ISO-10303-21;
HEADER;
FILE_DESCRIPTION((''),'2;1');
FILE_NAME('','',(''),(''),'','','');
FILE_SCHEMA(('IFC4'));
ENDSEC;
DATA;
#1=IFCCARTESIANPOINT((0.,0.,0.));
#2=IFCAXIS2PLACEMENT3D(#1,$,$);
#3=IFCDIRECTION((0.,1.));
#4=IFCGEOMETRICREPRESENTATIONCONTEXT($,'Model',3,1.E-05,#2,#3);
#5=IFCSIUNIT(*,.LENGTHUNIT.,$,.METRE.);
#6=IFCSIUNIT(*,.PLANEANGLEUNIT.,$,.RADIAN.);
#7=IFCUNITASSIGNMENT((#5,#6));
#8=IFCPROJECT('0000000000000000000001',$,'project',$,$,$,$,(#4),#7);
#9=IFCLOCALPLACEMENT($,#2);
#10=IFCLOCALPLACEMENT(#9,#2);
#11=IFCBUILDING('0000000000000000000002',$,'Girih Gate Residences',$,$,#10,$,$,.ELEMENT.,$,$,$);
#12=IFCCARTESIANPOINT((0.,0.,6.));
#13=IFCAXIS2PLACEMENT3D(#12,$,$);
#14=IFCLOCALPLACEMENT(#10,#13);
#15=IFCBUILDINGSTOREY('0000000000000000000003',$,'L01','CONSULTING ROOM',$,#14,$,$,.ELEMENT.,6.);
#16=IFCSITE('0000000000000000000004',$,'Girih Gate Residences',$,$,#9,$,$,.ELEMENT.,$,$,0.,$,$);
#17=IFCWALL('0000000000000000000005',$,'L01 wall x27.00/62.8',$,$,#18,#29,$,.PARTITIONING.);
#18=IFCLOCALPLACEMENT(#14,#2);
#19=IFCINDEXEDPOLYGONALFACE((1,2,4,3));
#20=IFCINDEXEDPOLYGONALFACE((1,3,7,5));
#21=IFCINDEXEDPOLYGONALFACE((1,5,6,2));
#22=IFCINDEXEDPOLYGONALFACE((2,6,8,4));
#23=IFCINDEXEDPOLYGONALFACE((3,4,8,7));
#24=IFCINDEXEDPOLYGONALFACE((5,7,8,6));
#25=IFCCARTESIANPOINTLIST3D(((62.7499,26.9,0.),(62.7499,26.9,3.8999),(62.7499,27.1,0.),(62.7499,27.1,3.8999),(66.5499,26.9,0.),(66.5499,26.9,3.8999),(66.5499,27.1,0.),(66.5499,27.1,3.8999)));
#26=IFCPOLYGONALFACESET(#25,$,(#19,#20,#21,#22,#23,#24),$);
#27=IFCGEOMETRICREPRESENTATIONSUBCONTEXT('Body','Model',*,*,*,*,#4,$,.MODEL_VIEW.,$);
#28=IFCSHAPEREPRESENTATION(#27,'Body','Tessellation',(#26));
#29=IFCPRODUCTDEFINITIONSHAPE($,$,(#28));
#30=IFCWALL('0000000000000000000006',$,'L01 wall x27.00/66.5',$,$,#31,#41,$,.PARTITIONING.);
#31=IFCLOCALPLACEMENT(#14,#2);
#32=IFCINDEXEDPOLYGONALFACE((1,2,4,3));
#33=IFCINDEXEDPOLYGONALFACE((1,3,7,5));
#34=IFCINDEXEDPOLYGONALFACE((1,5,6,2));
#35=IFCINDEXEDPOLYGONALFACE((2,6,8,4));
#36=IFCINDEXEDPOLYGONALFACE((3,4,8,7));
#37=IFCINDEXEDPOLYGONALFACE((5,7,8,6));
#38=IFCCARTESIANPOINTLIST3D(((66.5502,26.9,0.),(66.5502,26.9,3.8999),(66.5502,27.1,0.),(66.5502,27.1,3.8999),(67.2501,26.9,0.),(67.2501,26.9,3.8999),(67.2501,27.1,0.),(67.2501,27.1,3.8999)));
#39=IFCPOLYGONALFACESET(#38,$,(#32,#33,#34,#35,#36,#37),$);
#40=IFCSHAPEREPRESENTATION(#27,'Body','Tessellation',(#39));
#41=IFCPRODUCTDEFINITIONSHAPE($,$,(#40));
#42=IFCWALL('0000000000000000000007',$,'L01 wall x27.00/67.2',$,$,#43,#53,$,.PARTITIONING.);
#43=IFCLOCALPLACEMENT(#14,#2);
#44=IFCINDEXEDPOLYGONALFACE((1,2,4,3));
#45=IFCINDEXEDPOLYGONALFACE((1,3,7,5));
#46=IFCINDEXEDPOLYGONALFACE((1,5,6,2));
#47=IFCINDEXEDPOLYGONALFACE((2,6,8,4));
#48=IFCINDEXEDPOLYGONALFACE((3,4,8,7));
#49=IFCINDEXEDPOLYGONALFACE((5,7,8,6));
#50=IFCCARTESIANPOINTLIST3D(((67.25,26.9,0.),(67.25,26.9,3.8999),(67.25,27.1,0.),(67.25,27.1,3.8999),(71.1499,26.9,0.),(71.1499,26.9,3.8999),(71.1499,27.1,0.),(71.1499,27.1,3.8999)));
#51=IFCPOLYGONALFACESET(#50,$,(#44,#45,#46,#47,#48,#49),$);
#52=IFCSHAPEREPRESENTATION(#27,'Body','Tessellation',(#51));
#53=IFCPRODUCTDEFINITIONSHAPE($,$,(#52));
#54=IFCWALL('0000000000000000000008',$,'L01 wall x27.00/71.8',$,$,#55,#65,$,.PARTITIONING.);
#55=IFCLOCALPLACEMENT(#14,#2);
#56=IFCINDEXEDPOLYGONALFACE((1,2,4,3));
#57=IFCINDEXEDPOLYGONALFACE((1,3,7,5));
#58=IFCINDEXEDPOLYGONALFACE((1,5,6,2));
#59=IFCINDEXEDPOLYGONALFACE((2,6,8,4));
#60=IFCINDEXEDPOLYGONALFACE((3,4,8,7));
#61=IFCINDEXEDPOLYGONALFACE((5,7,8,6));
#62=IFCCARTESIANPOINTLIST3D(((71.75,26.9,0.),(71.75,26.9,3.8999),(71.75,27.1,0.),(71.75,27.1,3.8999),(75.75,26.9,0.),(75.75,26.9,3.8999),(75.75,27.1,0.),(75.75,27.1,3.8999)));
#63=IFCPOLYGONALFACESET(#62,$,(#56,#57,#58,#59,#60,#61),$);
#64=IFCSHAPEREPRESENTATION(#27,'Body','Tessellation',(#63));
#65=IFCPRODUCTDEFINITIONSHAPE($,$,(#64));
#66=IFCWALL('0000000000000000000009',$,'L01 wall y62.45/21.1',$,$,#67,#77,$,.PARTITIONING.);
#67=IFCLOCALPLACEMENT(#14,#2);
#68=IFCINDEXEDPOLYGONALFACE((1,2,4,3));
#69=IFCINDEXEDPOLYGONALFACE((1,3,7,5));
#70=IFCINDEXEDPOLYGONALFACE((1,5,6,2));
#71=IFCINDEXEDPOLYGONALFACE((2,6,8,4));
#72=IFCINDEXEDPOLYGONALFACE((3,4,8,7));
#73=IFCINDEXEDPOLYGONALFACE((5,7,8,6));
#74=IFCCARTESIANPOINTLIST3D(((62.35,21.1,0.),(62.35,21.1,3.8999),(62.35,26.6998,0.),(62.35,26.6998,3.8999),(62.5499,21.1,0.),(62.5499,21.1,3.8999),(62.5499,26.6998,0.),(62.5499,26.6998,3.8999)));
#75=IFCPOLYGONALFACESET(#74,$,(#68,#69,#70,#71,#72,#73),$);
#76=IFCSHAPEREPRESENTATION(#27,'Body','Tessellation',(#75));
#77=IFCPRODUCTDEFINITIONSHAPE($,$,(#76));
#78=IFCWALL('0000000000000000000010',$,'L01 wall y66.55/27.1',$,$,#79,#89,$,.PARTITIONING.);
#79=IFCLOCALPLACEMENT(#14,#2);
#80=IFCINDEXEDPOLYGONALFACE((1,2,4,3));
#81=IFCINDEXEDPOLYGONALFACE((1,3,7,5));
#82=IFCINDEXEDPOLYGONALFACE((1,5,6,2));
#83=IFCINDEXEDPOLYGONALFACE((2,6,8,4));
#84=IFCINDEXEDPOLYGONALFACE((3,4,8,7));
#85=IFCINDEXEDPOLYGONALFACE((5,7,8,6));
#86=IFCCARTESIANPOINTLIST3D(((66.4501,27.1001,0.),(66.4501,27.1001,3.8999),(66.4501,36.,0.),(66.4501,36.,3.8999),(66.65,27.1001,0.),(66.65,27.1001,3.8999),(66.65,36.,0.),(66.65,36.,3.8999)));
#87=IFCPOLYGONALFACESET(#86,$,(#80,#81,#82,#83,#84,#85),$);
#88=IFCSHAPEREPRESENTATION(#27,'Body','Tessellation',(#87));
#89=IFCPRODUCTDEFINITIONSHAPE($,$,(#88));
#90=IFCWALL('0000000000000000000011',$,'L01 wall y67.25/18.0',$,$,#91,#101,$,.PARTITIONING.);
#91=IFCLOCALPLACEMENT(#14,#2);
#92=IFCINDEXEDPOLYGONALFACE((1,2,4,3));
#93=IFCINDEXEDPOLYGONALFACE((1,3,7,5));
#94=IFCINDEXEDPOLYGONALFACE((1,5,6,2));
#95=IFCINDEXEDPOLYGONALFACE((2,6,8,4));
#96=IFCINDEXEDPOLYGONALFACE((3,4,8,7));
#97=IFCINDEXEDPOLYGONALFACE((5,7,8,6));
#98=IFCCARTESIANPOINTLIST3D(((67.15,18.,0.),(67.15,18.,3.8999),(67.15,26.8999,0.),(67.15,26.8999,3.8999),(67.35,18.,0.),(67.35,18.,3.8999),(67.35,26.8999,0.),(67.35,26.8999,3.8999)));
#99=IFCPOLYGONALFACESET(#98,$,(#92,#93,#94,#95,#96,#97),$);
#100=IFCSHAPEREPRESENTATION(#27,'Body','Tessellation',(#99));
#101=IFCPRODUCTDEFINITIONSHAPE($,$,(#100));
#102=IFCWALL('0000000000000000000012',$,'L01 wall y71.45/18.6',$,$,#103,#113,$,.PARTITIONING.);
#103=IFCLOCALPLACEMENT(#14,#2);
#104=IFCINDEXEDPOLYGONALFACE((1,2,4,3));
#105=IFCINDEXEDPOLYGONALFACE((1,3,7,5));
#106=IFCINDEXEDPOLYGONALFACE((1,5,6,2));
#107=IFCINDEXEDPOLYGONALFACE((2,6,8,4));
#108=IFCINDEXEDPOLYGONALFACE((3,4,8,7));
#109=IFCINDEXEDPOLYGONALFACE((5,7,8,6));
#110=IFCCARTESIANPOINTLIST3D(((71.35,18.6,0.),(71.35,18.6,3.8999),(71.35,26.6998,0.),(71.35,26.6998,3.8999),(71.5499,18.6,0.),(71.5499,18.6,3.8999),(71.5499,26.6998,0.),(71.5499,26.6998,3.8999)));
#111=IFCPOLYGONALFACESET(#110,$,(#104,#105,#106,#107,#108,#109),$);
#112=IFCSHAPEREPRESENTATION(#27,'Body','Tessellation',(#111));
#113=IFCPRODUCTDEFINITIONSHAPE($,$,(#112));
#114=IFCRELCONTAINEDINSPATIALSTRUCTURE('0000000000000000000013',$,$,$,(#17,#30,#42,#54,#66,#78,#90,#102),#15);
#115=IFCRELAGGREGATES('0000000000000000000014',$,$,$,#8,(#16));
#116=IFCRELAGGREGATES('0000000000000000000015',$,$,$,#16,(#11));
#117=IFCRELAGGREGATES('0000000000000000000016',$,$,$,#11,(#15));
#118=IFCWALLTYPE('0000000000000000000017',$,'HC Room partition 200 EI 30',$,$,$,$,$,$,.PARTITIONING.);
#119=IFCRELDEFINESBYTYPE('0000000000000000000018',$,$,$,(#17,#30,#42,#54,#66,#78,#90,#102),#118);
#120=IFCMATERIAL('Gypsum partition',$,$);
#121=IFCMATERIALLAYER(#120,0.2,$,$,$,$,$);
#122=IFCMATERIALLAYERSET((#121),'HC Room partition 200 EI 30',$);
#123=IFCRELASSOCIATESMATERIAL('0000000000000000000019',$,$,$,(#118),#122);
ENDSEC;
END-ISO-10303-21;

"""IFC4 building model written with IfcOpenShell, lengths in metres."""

from ifc_helpers import new_model, si_unit, direction, frame, frame_2d, origin, place, context, subcontext, project, spatial, rectangle, extrude, material, layer, layer_set, type_object, element, save


model = new_model("IFC4")

# Units and contexts
model_context = context("Model", 3, precision=1e-05, world=origin(), true_north=direction((0.0, 1.0)))
body_context = subcontext(model_context, "Body", "Model", "MODEL_VIEW")
ifc_project = project(units=[si_unit("LENGTHUNIT", "METRE"), si_unit("PLANEANGLEUNIT", "RADIAN")], contexts=[model_context])

# Site, building, storey
site_placement = place(None, origin())
site = spatial("IfcSite", under=ifc_project, at=site_placement, Name="Girih Gate Residences", CompositionType="ELEMENT", RefElevation=0.0)
building_placement = place(site_placement, origin())
building = spatial("IfcBuilding", under=site, at=building_placement, Name="Girih Gate Residences", CompositionType="ELEMENT")
storey_placement = place(building_placement, frame((0.0, 0.0, 6.0)))
storey = spatial("IfcBuildingStorey", under=building, at=storey_placement, Name="L01", Description="CONSULTING ROOM", CompositionType="ELEMENT", Elevation=6.0)

# Walls
ifc_material_1 = material(Name="Gypsum partition")
ifc_layer_1 = layer(ifc_material_1, 0.2)
ifc_layer_set_1 = layer_set([ifc_layer_1], Name="HC Room partition 200 EI 30")
wall_type_1 = type_object("IfcWallType", Name="HC Room partition 200 EI 30", PredefinedType="PARTITIONING", material=ifc_layer_set_1)
wall_1_placement = place(storey_placement, frame((62.75, 27.0, 0.0), z_axis=(0.0, 0.0, 1.0), x_axis=(1.0, 0.0, 0.0)))
element("IfcWall", 1, at=wall_1_placement, inside=storey, type_object=wall_type_1, Name="L01 wall x27.00/62.8", PredefinedType="PARTITIONING", context=body_context, shape_type="SweptSolid", body=[
    extrude(rectangle(XDim=3.8, YDim=0.2, at=frame_2d((1.8999, 0.0))), origin(), (0.0, 0.0, 1.0), 3.8999),
])
wall_2_placement = place(storey_placement, frame((66.55, 27.0, 0.0), z_axis=(0.0, 0.0, 1.0), x_axis=(1.0, 0.0, 0.0)))
element("IfcWall", 2, at=wall_2_placement, inside=storey, type_object=wall_type_1, Name="L01 wall x27.00/66.5", PredefinedType="PARTITIONING", context=body_context, shape_type="SweptSolid", body=[
    extrude(rectangle(XDim=0.7, YDim=0.2, at=frame_2d((0.3501, 0.0))), origin(), (0.0, 0.0, 1.0), 3.8999),
])
wall_3_placement = place(storey_placement, frame((67.25, 27.0, 0.0), z_axis=(0.0, 0.0, 1.0), x_axis=(1.0, 0.0, 0.0)))
element("IfcWall", 3, at=wall_3_placement, inside=storey, type_object=wall_type_1, Name="L01 wall x27.00/67.2", PredefinedType="PARTITIONING", context=body_context, shape_type="SweptSolid", body=[
    extrude(rectangle(XDim=3.8999, YDim=0.2, at=frame_2d((1.95, 0.0))), origin(), (0.0, 0.0, 1.0), 3.8999),
])
wall_4_placement = place(storey_placement, frame((71.75, 27.0, 0.0), z_axis=(0.0, 0.0, 1.0), x_axis=(1.0, 0.0, 0.0)))
element("IfcWall", 4, at=wall_4_placement, inside=storey, type_object=wall_type_1, Name="L01 wall x27.00/71.8", PredefinedType="PARTITIONING", context=body_context, shape_type="SweptSolid", body=[
    extrude(rectangle(XDim=4.0, YDim=0.2, at=frame_2d((2.0, 0.0))), origin(), (0.0, 0.0, 1.0), 3.8999),
])
wall_5_placement = place(storey_placement, frame((62.45, 21.1001, 0.0), z_axis=(0.0, 0.0, 1.0), x_axis=(0.0, 1.0, 0.0)))
element("IfcWall", 5, at=wall_5_placement, inside=storey, type_object=wall_type_1, Name="L01 wall y62.45/21.1", PredefinedType="PARTITIONING", context=body_context, shape_type="SweptSolid", body=[
    extrude(rectangle(XDim=5.5999, YDim=0.2, at=frame_2d((2.7998, 0.0))), origin(), (0.0, 0.0, 1.0), 3.8999),
])
for number, where, z_axis, x_axis, name in (
    (6, (66.55, 27.1001, 0.0), (0.0, 0.0, 1.0), (0.0, 1.0, 0.0), "L01 wall y66.55/27.1"),
    (7, (67.25, 18.0, 0.0), (0.0, 0.0, 1.0), (0.0, 1.0, 0.0), "L01 wall y67.25/18.0"),
):
    element("IfcWall", number, at=place(storey_placement, frame(where, z_axis=z_axis, x_axis=x_axis)), inside=storey, type_object=wall_type_1, Name=name, PredefinedType="PARTITIONING", context=body_context, shape_type="SweptSolid", body=[
        extrude(rectangle(XDim=8.8999, YDim=0.2, at=frame_2d((4.45, 0.0))), origin(), (0.0, 0.0, 1.0), 3.8999),
    ])
wall_6_placement = place(storey_placement, frame((71.45, 18.6001, 0.0), z_axis=(0.0, 0.0, 1.0), x_axis=(0.0, 1.0, 0.0)))
element("IfcWall", 8, at=wall_6_placement, inside=storey, type_object=wall_type_1, Name="L01 wall y71.45/18.6", PredefinedType="PARTITIONING", context=body_context, shape_type="SweptSolid", body=[
    extrude(rectangle(XDim=8.0999, YDim=0.2, at=frame_2d((4.0498, 0.0))), origin(), (0.0, 0.0, 1.0), 3.8999),
])

save(model, "model.ifc")
